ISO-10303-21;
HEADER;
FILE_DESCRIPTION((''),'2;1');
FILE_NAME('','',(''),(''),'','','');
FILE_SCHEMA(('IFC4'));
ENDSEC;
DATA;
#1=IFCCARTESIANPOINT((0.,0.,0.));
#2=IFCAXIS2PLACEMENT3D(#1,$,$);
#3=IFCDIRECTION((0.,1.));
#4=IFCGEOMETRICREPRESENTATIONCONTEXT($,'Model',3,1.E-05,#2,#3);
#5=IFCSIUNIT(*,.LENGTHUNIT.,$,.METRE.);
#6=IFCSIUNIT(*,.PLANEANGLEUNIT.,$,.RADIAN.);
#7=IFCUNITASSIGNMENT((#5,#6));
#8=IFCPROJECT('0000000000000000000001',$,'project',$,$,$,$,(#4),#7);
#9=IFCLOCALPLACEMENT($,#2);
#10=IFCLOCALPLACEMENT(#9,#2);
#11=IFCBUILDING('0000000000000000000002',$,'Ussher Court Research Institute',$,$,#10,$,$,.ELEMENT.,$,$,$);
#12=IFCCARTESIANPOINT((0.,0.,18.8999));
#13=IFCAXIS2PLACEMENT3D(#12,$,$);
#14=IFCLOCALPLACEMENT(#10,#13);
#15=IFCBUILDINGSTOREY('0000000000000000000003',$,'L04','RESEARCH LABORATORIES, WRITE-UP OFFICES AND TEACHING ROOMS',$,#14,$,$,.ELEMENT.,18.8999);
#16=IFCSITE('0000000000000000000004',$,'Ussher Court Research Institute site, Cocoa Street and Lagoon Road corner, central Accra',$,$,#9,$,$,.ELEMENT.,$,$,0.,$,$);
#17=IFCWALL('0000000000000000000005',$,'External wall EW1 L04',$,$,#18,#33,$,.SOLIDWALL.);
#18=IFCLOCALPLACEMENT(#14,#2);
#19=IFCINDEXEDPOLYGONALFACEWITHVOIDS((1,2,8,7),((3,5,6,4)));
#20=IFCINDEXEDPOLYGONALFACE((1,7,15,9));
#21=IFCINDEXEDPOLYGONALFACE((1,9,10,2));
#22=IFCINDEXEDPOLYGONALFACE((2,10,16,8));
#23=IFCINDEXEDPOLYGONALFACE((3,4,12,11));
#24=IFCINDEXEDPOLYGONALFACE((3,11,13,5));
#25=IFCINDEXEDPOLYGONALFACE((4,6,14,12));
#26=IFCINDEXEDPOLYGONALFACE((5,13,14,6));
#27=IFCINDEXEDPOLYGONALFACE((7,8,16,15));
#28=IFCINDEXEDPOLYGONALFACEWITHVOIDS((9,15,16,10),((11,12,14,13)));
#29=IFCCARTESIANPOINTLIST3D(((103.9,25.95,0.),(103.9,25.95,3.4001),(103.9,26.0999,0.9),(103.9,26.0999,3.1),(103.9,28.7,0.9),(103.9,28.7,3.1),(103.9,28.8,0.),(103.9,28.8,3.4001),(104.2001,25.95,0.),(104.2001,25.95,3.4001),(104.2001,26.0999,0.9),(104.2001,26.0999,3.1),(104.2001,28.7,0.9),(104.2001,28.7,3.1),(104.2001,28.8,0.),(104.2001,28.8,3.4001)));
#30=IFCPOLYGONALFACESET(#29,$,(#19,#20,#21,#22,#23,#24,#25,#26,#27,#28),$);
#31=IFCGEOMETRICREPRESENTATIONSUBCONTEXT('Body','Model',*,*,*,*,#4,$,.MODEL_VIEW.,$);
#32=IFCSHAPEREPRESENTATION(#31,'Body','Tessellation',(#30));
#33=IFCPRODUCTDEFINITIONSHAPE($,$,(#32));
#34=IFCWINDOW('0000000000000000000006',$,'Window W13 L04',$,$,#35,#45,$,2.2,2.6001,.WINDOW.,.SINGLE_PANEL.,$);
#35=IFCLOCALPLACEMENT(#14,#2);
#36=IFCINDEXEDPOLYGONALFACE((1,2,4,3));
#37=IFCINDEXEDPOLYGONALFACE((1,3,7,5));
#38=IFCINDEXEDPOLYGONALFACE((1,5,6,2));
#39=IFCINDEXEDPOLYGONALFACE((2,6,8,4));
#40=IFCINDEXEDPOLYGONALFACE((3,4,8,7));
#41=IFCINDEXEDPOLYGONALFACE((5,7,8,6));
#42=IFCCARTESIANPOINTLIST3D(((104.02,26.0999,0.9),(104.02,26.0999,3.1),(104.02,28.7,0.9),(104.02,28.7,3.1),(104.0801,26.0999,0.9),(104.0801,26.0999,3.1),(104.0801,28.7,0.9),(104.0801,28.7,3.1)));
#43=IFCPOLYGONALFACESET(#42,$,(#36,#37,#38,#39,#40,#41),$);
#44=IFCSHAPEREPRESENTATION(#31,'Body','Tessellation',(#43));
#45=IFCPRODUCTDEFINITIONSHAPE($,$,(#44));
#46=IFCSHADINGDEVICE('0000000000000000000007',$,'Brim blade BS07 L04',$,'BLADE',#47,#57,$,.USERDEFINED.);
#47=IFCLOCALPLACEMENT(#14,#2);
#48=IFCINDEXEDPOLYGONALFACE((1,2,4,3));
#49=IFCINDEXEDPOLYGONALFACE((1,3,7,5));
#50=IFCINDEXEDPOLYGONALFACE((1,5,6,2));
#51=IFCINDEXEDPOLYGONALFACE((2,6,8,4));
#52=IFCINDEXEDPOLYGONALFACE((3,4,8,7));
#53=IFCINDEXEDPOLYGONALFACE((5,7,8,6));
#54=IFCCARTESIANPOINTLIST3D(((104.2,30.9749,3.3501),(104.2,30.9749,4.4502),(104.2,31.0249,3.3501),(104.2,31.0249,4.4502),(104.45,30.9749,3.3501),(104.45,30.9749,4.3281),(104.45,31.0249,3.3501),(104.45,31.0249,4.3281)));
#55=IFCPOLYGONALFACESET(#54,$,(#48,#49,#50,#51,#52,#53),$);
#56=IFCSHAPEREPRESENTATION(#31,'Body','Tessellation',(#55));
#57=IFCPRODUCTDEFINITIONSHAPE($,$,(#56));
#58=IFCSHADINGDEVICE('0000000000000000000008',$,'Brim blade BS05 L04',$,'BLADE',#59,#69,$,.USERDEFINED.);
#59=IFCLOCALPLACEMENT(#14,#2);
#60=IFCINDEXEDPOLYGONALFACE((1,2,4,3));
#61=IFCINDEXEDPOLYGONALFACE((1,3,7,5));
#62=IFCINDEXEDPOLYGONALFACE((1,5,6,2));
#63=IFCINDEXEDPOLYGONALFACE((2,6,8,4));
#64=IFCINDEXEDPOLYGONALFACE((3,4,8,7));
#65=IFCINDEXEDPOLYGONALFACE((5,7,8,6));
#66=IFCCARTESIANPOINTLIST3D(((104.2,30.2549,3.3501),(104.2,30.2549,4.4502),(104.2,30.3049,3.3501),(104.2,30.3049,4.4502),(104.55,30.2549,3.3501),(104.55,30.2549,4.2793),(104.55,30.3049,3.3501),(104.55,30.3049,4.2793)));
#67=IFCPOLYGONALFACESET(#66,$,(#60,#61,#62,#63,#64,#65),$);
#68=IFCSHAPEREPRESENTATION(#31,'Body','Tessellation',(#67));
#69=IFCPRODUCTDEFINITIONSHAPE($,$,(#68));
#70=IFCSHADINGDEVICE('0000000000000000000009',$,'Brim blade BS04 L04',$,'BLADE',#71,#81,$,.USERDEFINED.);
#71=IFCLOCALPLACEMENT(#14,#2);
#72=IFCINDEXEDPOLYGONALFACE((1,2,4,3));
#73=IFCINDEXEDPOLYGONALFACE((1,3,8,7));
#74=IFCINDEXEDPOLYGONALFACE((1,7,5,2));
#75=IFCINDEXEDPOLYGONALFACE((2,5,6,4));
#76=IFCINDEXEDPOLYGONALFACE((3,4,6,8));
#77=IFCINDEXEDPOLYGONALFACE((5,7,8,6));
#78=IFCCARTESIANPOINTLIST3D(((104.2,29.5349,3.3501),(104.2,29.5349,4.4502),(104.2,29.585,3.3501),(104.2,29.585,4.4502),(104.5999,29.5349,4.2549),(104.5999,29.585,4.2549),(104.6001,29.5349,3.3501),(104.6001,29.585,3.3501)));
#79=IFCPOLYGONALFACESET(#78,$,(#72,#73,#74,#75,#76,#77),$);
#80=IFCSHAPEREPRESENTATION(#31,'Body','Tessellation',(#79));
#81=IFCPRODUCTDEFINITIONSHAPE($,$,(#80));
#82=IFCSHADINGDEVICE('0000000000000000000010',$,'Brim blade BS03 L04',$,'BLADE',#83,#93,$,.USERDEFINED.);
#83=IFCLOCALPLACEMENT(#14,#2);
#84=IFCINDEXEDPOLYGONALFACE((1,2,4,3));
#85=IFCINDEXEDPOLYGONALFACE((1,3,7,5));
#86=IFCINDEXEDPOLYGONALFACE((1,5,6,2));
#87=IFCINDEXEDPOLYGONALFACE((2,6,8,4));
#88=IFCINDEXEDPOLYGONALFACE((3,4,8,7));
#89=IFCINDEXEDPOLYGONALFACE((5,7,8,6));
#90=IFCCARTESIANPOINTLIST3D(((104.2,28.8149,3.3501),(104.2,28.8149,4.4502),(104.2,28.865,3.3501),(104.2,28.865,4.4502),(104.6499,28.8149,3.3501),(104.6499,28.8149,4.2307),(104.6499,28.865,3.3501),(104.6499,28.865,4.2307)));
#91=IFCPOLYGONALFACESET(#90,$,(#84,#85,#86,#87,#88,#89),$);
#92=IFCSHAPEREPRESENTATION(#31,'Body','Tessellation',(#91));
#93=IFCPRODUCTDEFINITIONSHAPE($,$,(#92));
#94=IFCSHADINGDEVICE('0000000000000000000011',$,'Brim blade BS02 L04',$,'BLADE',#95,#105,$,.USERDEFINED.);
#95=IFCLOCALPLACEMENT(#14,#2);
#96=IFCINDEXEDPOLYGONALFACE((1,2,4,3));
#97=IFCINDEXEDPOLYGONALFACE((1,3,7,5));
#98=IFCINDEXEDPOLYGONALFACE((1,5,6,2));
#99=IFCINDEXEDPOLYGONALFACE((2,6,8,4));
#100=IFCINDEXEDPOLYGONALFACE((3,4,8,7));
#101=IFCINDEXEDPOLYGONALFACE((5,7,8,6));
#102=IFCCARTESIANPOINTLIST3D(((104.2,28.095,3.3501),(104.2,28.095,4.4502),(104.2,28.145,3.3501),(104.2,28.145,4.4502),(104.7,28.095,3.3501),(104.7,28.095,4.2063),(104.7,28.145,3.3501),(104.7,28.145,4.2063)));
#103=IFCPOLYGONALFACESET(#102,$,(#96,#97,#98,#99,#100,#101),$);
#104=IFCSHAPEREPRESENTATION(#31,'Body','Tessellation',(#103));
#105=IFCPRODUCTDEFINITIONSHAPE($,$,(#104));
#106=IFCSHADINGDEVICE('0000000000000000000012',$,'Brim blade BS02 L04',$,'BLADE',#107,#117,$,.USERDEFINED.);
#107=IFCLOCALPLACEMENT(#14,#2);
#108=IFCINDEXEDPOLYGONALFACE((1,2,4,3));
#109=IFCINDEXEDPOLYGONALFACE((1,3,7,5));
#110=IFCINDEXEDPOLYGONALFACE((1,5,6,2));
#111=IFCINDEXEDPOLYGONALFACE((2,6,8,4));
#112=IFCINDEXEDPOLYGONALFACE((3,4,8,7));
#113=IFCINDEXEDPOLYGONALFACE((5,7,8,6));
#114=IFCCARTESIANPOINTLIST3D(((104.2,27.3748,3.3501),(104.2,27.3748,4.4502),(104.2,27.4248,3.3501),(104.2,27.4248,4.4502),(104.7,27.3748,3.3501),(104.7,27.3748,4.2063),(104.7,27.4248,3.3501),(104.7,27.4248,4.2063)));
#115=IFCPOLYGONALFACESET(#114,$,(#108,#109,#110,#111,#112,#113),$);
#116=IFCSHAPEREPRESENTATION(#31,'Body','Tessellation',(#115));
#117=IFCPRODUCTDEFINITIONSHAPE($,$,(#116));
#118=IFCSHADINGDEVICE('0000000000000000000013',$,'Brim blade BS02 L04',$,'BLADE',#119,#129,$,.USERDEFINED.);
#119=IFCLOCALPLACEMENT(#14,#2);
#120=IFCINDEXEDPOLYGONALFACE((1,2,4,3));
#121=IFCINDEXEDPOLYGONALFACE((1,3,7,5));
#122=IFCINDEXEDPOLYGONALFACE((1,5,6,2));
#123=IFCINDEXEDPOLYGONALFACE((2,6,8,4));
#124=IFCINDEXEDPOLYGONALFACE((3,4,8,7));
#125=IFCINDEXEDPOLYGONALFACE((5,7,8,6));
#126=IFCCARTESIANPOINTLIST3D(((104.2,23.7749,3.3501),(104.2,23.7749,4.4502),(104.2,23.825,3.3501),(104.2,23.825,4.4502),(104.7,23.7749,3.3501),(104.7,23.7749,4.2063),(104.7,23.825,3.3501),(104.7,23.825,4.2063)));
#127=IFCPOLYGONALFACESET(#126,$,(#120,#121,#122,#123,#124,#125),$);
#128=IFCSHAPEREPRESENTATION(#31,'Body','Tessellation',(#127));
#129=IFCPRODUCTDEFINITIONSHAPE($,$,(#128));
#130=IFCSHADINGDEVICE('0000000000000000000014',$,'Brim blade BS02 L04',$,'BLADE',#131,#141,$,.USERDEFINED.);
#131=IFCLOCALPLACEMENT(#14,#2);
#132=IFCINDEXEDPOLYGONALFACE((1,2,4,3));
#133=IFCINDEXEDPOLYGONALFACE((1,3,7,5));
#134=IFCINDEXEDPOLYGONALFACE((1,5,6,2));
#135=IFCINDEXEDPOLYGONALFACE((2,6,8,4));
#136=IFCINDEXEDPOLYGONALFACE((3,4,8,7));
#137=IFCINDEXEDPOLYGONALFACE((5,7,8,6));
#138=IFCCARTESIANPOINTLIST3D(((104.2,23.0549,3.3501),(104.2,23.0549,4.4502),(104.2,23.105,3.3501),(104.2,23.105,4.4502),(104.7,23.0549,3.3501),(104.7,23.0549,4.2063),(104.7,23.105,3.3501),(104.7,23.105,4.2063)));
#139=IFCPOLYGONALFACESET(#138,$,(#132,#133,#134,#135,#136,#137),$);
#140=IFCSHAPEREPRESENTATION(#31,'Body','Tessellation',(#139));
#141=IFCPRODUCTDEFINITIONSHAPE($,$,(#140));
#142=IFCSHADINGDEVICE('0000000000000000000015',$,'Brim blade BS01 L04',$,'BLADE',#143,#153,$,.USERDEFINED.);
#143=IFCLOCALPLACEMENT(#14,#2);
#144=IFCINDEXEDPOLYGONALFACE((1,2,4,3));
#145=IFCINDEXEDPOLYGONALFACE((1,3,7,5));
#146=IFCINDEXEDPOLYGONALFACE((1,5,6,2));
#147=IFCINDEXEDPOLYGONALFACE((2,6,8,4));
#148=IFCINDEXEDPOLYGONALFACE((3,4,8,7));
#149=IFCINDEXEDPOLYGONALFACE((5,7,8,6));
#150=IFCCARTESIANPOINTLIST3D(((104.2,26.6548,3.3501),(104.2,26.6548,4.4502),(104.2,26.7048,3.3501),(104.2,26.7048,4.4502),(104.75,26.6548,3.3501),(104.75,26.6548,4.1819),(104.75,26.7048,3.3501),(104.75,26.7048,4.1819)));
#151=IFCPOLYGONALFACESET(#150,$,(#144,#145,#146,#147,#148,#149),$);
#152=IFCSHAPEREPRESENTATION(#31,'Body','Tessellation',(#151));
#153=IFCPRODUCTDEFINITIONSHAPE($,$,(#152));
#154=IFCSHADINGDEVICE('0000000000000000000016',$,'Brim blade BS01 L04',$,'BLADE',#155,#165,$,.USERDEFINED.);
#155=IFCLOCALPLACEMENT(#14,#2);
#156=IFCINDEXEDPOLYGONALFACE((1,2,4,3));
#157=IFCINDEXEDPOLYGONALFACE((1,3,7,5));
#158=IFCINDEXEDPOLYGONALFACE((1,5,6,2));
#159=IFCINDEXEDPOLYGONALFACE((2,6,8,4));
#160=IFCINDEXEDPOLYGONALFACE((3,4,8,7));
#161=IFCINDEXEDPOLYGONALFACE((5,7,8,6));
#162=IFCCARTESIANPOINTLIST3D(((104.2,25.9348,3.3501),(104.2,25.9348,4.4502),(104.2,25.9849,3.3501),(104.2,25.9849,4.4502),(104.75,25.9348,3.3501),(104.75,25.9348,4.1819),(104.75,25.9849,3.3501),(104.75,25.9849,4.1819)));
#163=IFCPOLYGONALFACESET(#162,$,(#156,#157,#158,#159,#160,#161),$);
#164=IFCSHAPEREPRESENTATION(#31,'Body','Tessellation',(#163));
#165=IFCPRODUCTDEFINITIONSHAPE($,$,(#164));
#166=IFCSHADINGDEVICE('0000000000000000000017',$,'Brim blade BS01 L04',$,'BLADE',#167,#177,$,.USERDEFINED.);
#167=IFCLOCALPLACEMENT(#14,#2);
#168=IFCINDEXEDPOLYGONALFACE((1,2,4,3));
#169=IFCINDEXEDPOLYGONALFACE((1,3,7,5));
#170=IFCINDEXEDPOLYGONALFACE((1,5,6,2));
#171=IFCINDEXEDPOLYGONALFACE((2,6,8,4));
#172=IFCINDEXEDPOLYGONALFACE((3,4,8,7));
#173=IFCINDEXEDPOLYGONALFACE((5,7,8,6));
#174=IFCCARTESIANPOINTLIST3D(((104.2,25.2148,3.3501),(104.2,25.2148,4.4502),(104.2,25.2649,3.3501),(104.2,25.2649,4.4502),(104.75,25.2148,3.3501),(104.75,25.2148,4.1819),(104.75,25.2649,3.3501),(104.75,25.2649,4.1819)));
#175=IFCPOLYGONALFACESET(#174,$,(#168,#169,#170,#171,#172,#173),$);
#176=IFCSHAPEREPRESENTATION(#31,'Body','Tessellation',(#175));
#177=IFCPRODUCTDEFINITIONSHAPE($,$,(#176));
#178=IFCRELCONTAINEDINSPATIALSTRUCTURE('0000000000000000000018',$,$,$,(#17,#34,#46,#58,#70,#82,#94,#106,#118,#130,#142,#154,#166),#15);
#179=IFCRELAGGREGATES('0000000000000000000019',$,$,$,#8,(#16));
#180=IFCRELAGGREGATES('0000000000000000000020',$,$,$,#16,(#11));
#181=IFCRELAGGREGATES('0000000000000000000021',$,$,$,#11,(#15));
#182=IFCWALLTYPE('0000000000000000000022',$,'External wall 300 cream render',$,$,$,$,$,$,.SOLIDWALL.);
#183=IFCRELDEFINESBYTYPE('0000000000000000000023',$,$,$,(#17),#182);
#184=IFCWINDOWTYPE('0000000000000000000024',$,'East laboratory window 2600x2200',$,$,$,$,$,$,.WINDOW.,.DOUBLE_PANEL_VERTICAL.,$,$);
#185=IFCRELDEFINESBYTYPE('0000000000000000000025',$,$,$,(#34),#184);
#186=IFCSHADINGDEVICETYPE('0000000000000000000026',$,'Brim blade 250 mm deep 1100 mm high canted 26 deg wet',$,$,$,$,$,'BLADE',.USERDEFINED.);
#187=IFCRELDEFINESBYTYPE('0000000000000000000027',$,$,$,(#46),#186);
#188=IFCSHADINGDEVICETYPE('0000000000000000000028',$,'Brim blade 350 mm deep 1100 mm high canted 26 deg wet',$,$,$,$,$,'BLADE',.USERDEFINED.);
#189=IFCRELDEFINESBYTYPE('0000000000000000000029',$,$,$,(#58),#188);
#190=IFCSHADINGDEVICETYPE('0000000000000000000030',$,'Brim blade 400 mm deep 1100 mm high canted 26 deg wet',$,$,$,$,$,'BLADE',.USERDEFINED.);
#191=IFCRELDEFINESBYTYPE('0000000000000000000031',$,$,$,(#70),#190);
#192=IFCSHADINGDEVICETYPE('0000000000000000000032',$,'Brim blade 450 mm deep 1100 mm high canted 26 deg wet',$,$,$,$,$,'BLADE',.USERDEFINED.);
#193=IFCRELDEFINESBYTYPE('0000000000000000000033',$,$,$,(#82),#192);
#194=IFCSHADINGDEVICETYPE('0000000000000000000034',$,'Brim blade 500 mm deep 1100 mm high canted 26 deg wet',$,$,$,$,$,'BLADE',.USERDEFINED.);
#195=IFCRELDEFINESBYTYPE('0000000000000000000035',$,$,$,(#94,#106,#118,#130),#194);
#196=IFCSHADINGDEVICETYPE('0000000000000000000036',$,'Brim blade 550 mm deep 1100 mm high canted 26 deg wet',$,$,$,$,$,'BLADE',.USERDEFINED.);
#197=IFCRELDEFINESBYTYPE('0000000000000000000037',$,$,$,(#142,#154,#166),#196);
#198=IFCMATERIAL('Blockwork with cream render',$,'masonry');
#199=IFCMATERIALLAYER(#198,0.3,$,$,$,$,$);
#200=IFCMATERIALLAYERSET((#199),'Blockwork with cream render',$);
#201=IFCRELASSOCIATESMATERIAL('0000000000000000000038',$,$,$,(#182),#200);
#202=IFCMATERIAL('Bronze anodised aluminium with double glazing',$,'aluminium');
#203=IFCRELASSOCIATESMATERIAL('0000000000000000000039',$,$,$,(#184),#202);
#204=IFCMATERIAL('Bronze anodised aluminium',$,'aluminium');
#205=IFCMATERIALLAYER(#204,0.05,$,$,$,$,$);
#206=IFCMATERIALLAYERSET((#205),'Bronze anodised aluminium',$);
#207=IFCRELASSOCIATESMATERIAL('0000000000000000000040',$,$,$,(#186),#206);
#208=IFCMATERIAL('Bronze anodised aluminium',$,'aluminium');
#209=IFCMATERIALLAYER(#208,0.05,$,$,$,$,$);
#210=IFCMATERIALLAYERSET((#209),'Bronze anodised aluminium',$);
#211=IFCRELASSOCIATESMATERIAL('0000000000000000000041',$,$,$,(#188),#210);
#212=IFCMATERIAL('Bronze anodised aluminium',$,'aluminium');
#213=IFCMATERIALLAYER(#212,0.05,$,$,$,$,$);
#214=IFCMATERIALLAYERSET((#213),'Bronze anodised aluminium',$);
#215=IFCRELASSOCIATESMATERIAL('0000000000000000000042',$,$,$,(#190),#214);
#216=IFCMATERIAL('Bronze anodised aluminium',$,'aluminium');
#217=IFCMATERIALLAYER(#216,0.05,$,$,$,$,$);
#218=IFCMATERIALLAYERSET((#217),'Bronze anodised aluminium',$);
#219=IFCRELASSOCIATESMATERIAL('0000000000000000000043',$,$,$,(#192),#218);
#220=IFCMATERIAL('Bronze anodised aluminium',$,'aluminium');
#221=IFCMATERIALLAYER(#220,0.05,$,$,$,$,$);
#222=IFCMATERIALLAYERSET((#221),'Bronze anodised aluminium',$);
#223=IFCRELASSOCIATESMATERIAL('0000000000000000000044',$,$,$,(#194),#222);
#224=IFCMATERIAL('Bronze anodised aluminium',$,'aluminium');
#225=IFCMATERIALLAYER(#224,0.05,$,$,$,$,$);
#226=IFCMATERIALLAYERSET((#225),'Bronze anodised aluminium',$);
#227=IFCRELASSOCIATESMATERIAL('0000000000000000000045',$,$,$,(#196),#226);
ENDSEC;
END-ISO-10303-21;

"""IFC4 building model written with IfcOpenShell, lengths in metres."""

from ifc_helpers import new_model, si_unit, direction, frame, frame_2d, origin, place, context, subcontext, project, spatial, polyline, rectangle, outline, extrude, material, layer, layer_set, type_object, element, fill, save


model = new_model("IFC4")

# Units and contexts
model_context = context("Model", 3, precision=1e-05, world=origin(), true_north=direction((0.0, 1.0)))
body_context = subcontext(model_context, "Body", "Model", "MODEL_VIEW")
ifc_project = project(units=[si_unit("LENGTHUNIT", "METRE"), si_unit("PLANEANGLEUNIT", "RADIAN")], contexts=[model_context])

# Site, building, storey
site_placement = place(None, origin())
site = spatial("IfcSite", under=ifc_project, at=site_placement, Name="Ussher Court Research Institute site, Cocoa Street and Lagoon Road corner, central Accra", CompositionType="ELEMENT", RefElevation=0.0)
building_placement = place(site_placement, origin())
building = spatial("IfcBuilding", under=site, at=building_placement, Name="Ussher Court Research Institute", CompositionType="ELEMENT")
storey_placement = place(building_placement, frame((0.0, 0.0, 18.8999)))
storey = spatial("IfcBuildingStorey", under=building, at=storey_placement, Name="L04", Description="RESEARCH LABORATORIES, WRITE-UP OFFICES AND TEACHING ROOMS", CompositionType="ELEMENT", Elevation=18.8999)

# Wall, opening, window
ifc_material_1 = material(Name="Blockwork with cream render", Category="masonry")
ifc_layer_1 = layer(ifc_material_1, 0.3)
ifc_layer_set_1 = layer_set([ifc_layer_1], Name="Blockwork with cream render")
wall_type = type_object("IfcWallType", Name="External wall 300 cream render", PredefinedType="SOLIDWALL", material=ifc_layer_set_1)
wall_placement = place(storey_placement, frame((104.05, 28.8, 0.0), z_axis=(0.0, 0.0, 1.0), x_axis=(0.0, -1.0, 0.0)))
wall = element("IfcWall", 1, at=wall_placement, inside=storey, type_object=wall_type, Name="External wall EW1 L04", PredefinedType="SOLIDWALL", context=body_context, shape_type="SweptSolid", body=[
    extrude(rectangle(XDim=2.8501, YDim=0.3, at=frame_2d((1.425, 0.0))), origin(), (0.0, 0.0, 1.0), 3.4001),
])
opening_placement = place(wall_placement, frame((0.1001, 0.0, 0.8999)))
opening = element("IfcOpeningElement", 2, at=opening_placement, cuts=wall, PredefinedType="OPENING", context=body_context, shape_type="SweptSolid", body=[
    extrude(rectangle(XDim=2.6001, YDim=2.2, at=frame_2d((1.3, 1.1001))), frame((0.0, 0.1602, 0.0), z_axis=(0.0, -1.0, 0.0), x_axis=(1.0, 0.0, 0.0)), (0.0, 0.0, 1.0), 0.3201),
])
ifc_material_2 = material(Name="Bronze anodised aluminium with double glazing", Category="aluminium")
window_type = type_object("IfcWindowType", Name="East laboratory window 2600x2200", PartitioningType="DOUBLE_PANEL_VERTICAL", PredefinedType="WINDOW", material=ifc_material_2)
window_placement = place(opening_placement, origin())
window = element("IfcWindow", 3, at=window_placement, inside=storey, type_object=window_type, Name="Window W13 L04", OverallHeight=2.2, OverallWidth=2.6001, PartitioningType="SINGLE_PANEL", PredefinedType="WINDOW", context=body_context, shape_type="SweptSolid", body=[
    extrude(rectangle(XDim=2.6001, YDim=2.2, at=frame_2d((1.3, 1.1001))), frame((0.0, 0.03, 0.0), z_axis=(0.0, -1.0, 0.0), x_axis=(1.0, 0.0, 0.0)), (0.0, 0.0, 1.0), 0.0601),
])
fill(opening, window)

# Shading devices
ifc_material_3 = material(Name="Bronze anodised aluminium", Category="aluminium")
ifc_layer_2 = layer(ifc_material_3, 0.05)
ifc_layer_set_2 = layer_set([ifc_layer_2], Name="Bronze anodised aluminium")
shading_device_type_1 = type_object("IfcShadingDeviceType", Name="Brim blade 250 mm deep 1100 mm high canted 26 deg wet", ElementType="BLADE", PredefinedType="USERDEFINED", material=ifc_layer_set_2)
shading_device_1_placement = place(storey_placement, frame((104.2, 31.0, 3.3501), z_axis=(0.0, 0.0, 1.0), x_axis=(1.0, 0.0, 0.0)))
element("IfcShadingDevice", 4, at=shading_device_1_placement, inside=storey, type_object=shading_device_type_1, Name="Brim blade BS07 L04", ObjectType="BLADE", PredefinedType="USERDEFINED", context=body_context, shape_type="SweptSolid", body=[
    extrude(outline(polyline([(0.0, 0.0), (0.25, 0.0), (0.25, 0.978), (0.0, 1.1001), (0.0, 0.0)])), frame((0.0, 0.0249, 0.0), z_axis=(0.0, -1.0, 0.0), x_axis=(1.0, 0.0, 0.0)), (0.0, 0.0, 1.0), 0.05),
])
ifc_material_4 = material(Name="Bronze anodised aluminium", Category="aluminium")
ifc_layer_3 = layer(ifc_material_4, 0.05)
ifc_layer_set_3 = layer_set([ifc_layer_3], Name="Bronze anodised aluminium")
shading_device_type_2 = type_object("IfcShadingDeviceType", Name="Brim blade 350 mm deep 1100 mm high canted 26 deg wet", ElementType="BLADE", PredefinedType="USERDEFINED", material=ifc_layer_set_3)
shading_device_2_placement = place(storey_placement, frame((104.2, 30.28, 3.3501), z_axis=(0.0, 0.0, 1.0), x_axis=(1.0, 0.0, 0.0)))
element("IfcShadingDevice", 5, at=shading_device_2_placement, inside=storey, type_object=shading_device_type_2, Name="Brim blade BS05 L04", ObjectType="BLADE", PredefinedType="USERDEFINED", context=body_context, shape_type="SweptSolid", body=[
    extrude(outline(polyline([(0.0, 0.0), (0.3501, 0.0), (0.3501, 0.9292), (0.0, 1.1001), (0.0, 0.0)])), frame((0.0, 0.0249, 0.0), z_axis=(0.0, -1.0, 0.0), x_axis=(1.0, 0.0, 0.0)), (0.0, 0.0, 1.0), 0.05),
])
ifc_material_5 = material(Name="Bronze anodised aluminium", Category="aluminium")
ifc_layer_4 = layer(ifc_material_5, 0.05)
ifc_layer_set_4 = layer_set([ifc_layer_4], Name="Bronze anodised aluminium")
shading_device_type_3 = type_object("IfcShadingDeviceType", Name="Brim blade 400 mm deep 1100 mm high canted 26 deg wet", ElementType="BLADE", PredefinedType="USERDEFINED", material=ifc_layer_set_4)
shading_device_3_placement = place(storey_placement, frame((104.2, 29.5601, 3.3501), z_axis=(0.0, 0.0, 1.0), x_axis=(1.0, 0.0, 0.0)))
element("IfcShadingDevice", 6, at=shading_device_3_placement, inside=storey, type_object=shading_device_type_3, Name="Brim blade BS04 L04", ObjectType="BLADE", PredefinedType="USERDEFINED", context=body_context, shape_type="SweptSolid", body=[
    extrude(outline(polyline([(0.0, 0.0), (0.4001, 0.0), (0.3999, 0.9048), (0.0, 1.1001), (0.0, 0.0)])), frame((0.0, 0.0249, 0.0), z_axis=(0.0, -1.0, 0.0), x_axis=(1.0, 0.0, 0.0)), (0.0, 0.0, 1.0), 0.05),
])
ifc_material_6 = material(Name="Bronze anodised aluminium", Category="aluminium")
ifc_layer_5 = layer(ifc_material_6, 0.05)
ifc_layer_set_5 = layer_set([ifc_layer_5], Name="Bronze anodised aluminium")
shading_device_type_4 = type_object("IfcShadingDeviceType", Name="Brim blade 450 mm deep 1100 mm high canted 26 deg wet", ElementType="BLADE", PredefinedType="USERDEFINED", material=ifc_layer_set_5)
shading_device_4_placement = place(storey_placement, frame((104.2, 28.8401, 3.3501), z_axis=(0.0, 0.0, 1.0), x_axis=(1.0, 0.0, 0.0)))
element("IfcShadingDevice", 7, at=shading_device_4_placement, inside=storey, type_object=shading_device_type_4, Name="Brim blade BS03 L04", ObjectType="BLADE", PredefinedType="USERDEFINED", context=body_context, shape_type="SweptSolid", body=[
    extrude(outline(polyline([(0.0, 0.0), (0.45, 0.0), (0.45, 0.8806), (0.0, 1.1001), (0.0, 0.0)])), frame((0.0, 0.0249, 0.0), z_axis=(0.0, -1.0, 0.0), x_axis=(1.0, 0.0, 0.0)), (0.0, 0.0, 1.0), 0.05),
])
ifc_material_7 = material(Name="Bronze anodised aluminium", Category="aluminium")
ifc_layer_6 = layer(ifc_material_7, 0.05)
ifc_layer_set_6 = layer_set([ifc_layer_6], Name="Bronze anodised aluminium")
shading_device_type_5 = type_object("IfcShadingDeviceType", Name="Brim blade 500 mm deep 1100 mm high canted 26 deg wet", ElementType="BLADE", PredefinedType="USERDEFINED", material=ifc_layer_set_6)
for number, where, z_axis, x_axis, name in (
    (8, (104.2, 28.1201, 3.3501), (0.0, 0.0, 1.0), (1.0, 0.0, 0.0), "Brim blade BS02 L04"),
    (9, (104.2, 27.3999, 3.3501), (0.0, 0.0, 1.0), (1.0, 0.0, 0.0), "Brim blade BS02 L04"),
    (10, (104.2, 23.8, 3.3501), (0.0, 0.0, 1.0), (1.0, 0.0, 0.0), "Brim blade BS02 L04"),
    (11, (104.2, 23.0801, 3.3501), (0.0, 0.0, 1.0), (1.0, 0.0, 0.0), "Brim blade BS02 L04"),
):
    element("IfcShadingDevice", number, at=place(storey_placement, frame(where, z_axis=z_axis, x_axis=x_axis)), inside=storey, type_object=shading_device_type_5, Name=name, ObjectType="BLADE", PredefinedType="USERDEFINED", context=body_context, shape_type="SweptSolid", body=[
        extrude(outline(polyline([(0.0, 0.0), (0.5, 0.0), (0.5, 0.8562), (0.0, 1.1001), (0.0, 0.0)])), frame((0.0, 0.0249, 0.0), z_axis=(0.0, -1.0, 0.0), x_axis=(1.0, 0.0, 0.0)), (0.0, 0.0, 1.0), 0.05),
    ])
ifc_material_8 = material(Name="Bronze anodised aluminium", Category="aluminium")
ifc_layer_7 = layer(ifc_material_8, 0.05)
ifc_layer_set_7 = layer_set([ifc_layer_7], Name="Bronze anodised aluminium")
shading_device_type_6 = type_object("IfcShadingDeviceType", Name="Brim blade 550 mm deep 1100 mm high canted 26 deg wet", ElementType="BLADE", PredefinedType="USERDEFINED", material=ifc_layer_set_7)
for number, where, z_axis, x_axis, name in (
    (12, (104.2, 26.6799, 3.3501), (0.0, 0.0, 1.0), (1.0, 0.0, 0.0), "Brim blade BS01 L04"),
    (13, (104.2, 25.96, 3.3501), (0.0, 0.0, 1.0), (1.0, 0.0, 0.0), "Brim blade BS01 L04"),
    (14, (104.2, 25.24, 3.3501), (0.0, 0.0, 1.0), (1.0, 0.0, 0.0), "Brim blade BS01 L04"),
):
    element("IfcShadingDevice", number, at=place(storey_placement, frame(where, z_axis=z_axis, x_axis=x_axis)), inside=storey, type_object=shading_device_type_6, Name=name, ObjectType="BLADE", PredefinedType="USERDEFINED", context=body_context, shape_type="SweptSolid", body=[
        extrude(outline(polyline([(0.0, 0.0), (0.55, 0.0), (0.55, 0.8318), (0.0, 1.1001), (0.0, 0.0)])), frame((0.0, 0.0249, 0.0), z_axis=(0.0, -1.0, 0.0), x_axis=(1.0, 0.0, 0.0)), (0.0, 0.0, 1.0), 0.05),
    ])

save(model, "model.ifc")
